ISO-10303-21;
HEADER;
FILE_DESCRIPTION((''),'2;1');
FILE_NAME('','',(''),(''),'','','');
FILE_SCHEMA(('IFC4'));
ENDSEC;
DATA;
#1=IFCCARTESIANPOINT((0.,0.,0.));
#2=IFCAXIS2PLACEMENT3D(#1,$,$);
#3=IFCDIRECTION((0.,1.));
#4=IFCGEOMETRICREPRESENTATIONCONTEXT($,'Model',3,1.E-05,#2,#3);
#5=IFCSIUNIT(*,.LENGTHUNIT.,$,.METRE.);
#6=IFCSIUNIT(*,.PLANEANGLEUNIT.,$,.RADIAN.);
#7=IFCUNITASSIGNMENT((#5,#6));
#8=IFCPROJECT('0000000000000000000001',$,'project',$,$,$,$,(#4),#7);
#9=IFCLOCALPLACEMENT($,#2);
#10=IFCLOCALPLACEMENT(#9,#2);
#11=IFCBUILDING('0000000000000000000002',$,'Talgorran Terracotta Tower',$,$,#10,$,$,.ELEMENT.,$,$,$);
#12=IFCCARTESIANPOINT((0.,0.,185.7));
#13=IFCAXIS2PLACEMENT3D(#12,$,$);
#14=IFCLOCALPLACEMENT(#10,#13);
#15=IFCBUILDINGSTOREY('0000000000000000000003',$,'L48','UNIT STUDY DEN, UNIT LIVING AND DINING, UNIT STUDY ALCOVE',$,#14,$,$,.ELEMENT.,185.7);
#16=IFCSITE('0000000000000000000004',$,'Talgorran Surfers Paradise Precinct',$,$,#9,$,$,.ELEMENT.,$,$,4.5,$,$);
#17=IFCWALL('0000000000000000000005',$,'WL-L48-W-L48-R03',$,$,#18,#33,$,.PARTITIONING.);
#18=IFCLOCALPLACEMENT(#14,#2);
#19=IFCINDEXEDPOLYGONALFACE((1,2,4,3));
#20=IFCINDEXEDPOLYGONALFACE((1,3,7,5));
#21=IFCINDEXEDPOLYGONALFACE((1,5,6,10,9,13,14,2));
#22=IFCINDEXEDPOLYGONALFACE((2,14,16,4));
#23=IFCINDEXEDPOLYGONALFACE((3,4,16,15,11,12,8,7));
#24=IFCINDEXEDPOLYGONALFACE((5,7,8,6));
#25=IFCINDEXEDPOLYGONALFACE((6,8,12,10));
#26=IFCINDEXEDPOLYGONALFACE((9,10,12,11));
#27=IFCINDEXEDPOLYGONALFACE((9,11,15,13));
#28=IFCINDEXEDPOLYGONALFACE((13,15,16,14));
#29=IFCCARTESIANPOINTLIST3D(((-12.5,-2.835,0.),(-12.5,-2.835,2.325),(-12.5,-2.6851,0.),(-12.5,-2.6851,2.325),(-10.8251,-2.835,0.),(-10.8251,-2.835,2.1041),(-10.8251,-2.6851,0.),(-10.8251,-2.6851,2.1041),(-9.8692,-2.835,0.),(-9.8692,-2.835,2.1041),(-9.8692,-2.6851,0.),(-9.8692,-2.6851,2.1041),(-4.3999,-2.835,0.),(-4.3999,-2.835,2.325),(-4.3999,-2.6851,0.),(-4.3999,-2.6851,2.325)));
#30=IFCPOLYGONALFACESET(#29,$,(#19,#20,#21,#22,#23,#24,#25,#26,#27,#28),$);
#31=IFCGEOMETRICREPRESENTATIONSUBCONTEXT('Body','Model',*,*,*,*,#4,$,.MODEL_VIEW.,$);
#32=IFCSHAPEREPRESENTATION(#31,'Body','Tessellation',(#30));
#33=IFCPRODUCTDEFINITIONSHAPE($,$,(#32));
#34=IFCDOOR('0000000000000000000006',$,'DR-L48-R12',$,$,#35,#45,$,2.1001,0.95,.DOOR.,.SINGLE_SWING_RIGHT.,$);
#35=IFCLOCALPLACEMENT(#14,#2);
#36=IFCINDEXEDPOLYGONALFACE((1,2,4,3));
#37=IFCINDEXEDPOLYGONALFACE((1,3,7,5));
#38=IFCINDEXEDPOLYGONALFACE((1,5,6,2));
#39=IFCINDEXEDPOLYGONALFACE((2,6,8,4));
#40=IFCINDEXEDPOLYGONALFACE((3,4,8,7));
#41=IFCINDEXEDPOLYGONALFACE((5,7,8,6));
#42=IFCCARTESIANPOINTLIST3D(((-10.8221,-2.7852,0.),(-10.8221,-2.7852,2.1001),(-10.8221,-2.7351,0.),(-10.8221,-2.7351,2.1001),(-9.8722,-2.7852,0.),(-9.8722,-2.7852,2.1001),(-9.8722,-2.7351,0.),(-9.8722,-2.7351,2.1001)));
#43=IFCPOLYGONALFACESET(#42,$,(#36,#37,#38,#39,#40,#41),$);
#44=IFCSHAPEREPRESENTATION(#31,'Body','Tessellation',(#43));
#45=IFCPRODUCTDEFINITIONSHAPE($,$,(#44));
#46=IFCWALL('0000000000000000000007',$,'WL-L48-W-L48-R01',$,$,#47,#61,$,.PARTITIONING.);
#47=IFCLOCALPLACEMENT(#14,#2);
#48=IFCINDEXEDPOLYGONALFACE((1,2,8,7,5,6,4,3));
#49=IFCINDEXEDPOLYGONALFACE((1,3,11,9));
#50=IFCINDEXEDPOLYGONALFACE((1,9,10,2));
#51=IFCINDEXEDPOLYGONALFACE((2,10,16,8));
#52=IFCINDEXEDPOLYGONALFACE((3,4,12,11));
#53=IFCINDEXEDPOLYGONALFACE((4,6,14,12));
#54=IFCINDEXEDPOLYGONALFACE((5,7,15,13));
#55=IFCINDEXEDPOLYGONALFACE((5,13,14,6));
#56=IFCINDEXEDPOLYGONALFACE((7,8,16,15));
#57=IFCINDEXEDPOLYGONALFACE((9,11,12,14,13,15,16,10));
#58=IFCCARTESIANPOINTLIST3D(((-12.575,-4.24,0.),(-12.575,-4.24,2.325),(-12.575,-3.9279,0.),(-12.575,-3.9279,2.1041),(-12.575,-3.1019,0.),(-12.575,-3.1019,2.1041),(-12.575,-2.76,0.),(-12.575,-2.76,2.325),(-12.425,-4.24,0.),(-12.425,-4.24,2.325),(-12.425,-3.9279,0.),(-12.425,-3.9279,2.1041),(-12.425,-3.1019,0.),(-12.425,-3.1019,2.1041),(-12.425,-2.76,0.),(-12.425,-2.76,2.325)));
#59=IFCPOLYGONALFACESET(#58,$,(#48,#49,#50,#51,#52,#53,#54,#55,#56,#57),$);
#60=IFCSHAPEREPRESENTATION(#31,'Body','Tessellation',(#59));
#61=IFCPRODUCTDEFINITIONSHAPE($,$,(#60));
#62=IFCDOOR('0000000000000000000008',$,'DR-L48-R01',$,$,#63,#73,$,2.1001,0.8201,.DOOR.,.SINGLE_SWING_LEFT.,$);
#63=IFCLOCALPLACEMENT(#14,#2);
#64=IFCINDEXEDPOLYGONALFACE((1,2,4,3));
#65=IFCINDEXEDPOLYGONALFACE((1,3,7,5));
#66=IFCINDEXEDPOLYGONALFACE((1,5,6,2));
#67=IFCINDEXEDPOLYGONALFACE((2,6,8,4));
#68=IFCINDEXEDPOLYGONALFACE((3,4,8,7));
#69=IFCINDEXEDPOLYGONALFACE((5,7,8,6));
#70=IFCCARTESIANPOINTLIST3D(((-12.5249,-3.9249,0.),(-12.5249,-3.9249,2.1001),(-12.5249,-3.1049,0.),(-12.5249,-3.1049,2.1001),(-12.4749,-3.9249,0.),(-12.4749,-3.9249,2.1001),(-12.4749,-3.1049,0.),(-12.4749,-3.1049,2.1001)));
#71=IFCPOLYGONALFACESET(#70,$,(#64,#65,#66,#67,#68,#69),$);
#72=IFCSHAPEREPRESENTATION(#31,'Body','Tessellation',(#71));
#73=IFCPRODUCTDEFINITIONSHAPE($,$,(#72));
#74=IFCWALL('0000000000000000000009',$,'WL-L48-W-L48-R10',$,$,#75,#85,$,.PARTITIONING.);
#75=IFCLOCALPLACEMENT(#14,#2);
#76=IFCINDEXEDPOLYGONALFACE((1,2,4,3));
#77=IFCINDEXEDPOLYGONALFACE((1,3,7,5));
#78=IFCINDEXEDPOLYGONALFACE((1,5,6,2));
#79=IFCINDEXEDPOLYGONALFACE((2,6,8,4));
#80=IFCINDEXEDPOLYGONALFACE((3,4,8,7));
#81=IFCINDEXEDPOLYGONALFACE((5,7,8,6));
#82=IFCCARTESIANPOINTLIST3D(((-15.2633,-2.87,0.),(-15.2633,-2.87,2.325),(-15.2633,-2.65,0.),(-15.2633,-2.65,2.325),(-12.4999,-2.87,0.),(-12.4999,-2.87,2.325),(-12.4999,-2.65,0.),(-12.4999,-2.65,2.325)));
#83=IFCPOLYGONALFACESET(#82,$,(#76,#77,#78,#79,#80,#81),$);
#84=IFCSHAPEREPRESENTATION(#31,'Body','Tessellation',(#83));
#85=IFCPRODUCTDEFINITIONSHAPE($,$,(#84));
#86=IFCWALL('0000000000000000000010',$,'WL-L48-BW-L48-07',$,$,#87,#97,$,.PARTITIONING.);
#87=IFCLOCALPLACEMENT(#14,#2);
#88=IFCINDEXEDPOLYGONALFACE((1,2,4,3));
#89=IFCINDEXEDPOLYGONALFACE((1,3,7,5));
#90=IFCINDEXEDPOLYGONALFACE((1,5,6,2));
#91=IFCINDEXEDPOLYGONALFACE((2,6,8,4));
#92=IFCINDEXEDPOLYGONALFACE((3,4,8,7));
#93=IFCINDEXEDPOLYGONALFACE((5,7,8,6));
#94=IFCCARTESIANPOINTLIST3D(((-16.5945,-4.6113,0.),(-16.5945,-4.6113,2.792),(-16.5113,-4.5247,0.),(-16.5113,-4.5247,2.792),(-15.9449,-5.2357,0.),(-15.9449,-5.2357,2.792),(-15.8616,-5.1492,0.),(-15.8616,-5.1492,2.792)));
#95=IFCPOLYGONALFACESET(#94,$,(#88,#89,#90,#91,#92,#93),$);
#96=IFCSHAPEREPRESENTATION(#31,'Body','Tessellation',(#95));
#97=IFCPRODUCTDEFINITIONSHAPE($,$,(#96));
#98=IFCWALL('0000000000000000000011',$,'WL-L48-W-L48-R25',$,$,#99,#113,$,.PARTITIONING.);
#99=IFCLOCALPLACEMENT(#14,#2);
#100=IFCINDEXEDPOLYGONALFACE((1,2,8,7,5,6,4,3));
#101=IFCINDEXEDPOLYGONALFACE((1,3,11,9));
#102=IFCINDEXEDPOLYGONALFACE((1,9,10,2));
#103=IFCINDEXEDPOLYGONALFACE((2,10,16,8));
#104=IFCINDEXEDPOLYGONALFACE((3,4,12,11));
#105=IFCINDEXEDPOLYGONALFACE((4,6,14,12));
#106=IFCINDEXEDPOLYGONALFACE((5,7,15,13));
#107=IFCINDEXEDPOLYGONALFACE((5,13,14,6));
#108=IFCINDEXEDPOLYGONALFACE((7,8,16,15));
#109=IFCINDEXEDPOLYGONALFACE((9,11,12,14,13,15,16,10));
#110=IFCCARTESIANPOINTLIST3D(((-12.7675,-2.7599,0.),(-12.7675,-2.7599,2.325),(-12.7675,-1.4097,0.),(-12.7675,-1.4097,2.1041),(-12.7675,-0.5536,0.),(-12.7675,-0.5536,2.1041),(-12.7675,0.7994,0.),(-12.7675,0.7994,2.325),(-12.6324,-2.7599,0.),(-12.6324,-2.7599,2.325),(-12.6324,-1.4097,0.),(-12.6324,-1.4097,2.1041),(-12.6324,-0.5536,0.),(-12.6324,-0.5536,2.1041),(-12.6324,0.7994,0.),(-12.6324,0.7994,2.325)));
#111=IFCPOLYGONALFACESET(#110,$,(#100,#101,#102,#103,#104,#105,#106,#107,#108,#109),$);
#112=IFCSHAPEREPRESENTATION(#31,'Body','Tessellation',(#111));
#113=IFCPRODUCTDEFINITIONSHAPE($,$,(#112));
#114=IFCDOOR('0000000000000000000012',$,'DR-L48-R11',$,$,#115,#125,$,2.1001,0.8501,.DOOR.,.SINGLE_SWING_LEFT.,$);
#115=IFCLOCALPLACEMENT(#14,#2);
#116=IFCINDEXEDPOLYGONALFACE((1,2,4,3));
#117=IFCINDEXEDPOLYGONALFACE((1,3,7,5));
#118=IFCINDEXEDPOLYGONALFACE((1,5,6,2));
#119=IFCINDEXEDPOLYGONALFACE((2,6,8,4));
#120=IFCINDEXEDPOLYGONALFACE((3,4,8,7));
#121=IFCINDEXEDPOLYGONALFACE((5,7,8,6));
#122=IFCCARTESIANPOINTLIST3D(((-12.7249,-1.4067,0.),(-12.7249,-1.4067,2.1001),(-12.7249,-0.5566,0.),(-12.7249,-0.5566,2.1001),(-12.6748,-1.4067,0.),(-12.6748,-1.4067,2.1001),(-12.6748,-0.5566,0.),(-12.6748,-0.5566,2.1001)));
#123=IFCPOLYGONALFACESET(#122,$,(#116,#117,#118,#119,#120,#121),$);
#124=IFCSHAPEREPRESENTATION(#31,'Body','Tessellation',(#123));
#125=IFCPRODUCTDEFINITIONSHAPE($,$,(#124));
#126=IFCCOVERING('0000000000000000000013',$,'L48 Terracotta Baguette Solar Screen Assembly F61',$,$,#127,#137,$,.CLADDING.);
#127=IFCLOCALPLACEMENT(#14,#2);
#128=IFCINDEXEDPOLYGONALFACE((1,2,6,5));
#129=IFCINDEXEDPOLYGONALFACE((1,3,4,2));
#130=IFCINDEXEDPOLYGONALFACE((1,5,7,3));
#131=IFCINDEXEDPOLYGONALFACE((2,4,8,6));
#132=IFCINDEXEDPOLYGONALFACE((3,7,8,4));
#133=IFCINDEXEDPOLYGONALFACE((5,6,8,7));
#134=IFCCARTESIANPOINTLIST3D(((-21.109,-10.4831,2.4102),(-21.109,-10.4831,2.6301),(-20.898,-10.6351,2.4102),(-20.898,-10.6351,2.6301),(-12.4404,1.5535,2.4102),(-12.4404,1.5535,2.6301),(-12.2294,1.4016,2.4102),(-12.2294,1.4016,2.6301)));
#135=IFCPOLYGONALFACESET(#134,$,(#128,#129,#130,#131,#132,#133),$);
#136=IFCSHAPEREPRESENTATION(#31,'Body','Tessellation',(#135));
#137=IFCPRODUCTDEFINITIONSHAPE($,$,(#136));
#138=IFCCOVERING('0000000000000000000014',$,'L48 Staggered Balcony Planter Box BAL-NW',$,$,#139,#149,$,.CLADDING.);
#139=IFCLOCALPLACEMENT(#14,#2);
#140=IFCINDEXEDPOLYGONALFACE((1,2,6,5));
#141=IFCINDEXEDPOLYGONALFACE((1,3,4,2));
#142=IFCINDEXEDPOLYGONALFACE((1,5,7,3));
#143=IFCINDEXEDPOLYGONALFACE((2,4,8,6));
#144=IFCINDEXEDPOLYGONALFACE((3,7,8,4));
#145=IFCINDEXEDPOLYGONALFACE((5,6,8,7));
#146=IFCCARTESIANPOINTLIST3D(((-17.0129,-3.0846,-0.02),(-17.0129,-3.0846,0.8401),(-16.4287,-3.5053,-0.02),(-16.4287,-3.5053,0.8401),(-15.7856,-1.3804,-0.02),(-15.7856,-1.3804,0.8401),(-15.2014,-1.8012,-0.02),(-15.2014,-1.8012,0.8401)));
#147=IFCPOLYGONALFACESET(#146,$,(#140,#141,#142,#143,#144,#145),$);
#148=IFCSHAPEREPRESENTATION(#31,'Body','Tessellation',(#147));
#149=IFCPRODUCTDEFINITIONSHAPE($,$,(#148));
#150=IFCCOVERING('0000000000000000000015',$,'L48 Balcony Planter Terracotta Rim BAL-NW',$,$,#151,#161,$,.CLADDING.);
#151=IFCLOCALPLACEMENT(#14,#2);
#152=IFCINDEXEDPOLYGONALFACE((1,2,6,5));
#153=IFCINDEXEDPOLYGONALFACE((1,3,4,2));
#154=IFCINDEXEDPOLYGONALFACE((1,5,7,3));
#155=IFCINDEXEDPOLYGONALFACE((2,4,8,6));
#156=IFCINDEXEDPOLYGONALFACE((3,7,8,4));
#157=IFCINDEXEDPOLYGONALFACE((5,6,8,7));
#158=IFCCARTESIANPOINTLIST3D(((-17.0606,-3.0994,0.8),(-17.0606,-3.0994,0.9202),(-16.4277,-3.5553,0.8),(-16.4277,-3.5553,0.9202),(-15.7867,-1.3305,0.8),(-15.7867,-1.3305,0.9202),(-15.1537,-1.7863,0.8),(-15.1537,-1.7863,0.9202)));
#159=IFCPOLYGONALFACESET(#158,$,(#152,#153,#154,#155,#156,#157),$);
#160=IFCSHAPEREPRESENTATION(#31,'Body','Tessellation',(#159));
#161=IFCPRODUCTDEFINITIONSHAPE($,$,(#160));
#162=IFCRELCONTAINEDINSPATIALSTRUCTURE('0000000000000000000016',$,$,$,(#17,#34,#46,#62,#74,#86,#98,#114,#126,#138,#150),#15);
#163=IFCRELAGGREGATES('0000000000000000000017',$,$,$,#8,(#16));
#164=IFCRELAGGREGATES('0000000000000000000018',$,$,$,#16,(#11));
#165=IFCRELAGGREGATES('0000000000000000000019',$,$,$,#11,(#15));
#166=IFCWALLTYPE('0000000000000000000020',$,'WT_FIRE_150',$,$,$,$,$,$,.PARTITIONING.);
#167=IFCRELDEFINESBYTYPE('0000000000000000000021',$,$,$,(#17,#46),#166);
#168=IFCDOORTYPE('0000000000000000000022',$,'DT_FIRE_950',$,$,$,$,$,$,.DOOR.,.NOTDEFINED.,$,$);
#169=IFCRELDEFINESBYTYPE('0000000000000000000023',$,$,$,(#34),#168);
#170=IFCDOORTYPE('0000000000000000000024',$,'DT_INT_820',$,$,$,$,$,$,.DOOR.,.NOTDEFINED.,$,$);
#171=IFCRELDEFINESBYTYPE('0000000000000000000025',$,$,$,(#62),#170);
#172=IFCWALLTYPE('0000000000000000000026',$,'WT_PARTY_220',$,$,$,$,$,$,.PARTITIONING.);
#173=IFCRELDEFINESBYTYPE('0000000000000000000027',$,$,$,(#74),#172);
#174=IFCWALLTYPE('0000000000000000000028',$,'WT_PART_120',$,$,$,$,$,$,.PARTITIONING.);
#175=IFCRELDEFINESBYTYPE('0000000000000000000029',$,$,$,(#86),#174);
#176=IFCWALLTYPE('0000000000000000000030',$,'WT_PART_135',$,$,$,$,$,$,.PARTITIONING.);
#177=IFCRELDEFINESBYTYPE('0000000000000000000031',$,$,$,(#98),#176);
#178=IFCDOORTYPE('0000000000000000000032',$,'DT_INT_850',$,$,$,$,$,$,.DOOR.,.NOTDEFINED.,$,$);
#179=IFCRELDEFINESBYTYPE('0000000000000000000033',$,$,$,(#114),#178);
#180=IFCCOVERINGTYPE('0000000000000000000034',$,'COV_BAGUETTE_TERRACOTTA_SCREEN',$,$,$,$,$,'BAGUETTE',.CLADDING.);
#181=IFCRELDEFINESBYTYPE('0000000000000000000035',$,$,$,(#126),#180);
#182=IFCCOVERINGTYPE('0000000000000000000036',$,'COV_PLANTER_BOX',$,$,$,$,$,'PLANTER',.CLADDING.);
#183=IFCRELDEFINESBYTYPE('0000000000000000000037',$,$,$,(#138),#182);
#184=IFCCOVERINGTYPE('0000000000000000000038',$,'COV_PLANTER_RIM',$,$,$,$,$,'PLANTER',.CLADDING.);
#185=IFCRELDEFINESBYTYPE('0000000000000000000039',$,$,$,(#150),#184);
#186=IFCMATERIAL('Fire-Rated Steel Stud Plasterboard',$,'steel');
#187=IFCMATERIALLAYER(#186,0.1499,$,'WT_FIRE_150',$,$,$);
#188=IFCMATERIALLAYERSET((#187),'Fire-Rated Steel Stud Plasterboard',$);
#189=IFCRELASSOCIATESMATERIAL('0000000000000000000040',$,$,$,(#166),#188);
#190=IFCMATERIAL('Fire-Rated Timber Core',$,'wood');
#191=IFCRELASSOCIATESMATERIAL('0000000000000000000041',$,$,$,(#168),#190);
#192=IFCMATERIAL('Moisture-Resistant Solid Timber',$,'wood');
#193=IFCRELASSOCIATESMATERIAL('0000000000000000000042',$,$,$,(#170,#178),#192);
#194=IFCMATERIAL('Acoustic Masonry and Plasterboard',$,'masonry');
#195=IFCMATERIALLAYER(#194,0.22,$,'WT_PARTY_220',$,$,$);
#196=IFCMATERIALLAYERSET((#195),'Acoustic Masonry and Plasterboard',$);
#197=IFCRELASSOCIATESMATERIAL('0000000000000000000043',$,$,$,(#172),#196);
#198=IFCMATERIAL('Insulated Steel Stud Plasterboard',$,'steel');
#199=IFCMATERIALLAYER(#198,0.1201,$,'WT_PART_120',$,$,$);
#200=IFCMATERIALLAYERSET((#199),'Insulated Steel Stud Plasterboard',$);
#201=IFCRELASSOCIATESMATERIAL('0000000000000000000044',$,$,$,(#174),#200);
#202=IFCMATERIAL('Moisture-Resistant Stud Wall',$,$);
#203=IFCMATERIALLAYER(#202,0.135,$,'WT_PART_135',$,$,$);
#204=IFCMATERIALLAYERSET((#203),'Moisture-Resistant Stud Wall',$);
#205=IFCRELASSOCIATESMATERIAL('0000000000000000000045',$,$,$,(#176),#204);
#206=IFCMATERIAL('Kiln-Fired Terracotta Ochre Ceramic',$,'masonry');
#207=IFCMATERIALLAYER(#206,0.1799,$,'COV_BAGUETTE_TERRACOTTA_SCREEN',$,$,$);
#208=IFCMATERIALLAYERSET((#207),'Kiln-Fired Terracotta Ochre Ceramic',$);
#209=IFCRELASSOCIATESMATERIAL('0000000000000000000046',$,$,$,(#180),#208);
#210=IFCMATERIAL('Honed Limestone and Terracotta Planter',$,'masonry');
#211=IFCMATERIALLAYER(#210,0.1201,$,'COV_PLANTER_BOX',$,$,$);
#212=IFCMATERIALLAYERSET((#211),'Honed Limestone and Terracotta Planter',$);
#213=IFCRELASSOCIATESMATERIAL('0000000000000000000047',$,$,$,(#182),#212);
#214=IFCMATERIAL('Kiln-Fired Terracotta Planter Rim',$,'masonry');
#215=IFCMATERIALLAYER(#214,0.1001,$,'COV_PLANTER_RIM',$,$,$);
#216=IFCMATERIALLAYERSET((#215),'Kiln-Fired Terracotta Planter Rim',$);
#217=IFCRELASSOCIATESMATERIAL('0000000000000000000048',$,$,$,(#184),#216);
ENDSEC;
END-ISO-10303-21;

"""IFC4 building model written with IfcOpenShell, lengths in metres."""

from ifc_helpers import new_model, si_unit, direction, frame, frame_2d, origin, origin_2d, place, context, subcontext, project, spatial, rectangle, extrude, material, layer, layer_set, type_object, element, fill, save


model = new_model("IFC4")

# Units and contexts
model_context = context("Model", 3, precision=1e-05, world=origin(), true_north=direction((0.0, 1.0)))
body_context = subcontext(model_context, "Body", "Model", "MODEL_VIEW")
ifc_project = project(units=[si_unit("LENGTHUNIT", "METRE"), si_unit("PLANEANGLEUNIT", "RADIAN")], contexts=[model_context])

# Site, building, storey
site_placement = place(None, origin())
site = spatial("IfcSite", under=ifc_project, at=site_placement, Name="Talgorran Surfers Paradise Precinct", CompositionType="ELEMENT", RefElevation=4.5)
building_placement = place(site_placement, origin())
building = spatial("IfcBuilding", under=site, at=building_placement, Name="Talgorran Terracotta Tower", CompositionType="ELEMENT")
storey_placement = place(building_placement, frame((0.0, 0.0, 185.7)))
storey = spatial("IfcBuildingStorey", under=building, at=storey_placement, Name="L48", Description="UNIT STUDY DEN, UNIT LIVING AND DINING, UNIT STUDY ALCOVE", CompositionType="ELEMENT", Elevation=185.7)

# Walls, openings, doors
ifc_material_1 = material(Name="Fire-Rated Steel Stud Plasterboard", Category="steel")
ifc_layer_1 = layer(ifc_material_1, 0.1499, Name="WT_FIRE_150")
ifc_layer_set_1 = layer_set([ifc_layer_1], Name="Fire-Rated Steel Stud Plasterboard")
wall_type_1 = type_object("IfcWallType", Name="WT_FIRE_150", PredefinedType="PARTITIONING", material=ifc_layer_set_1)
wall_1_placement = place(storey_placement, frame((-12.5, -2.76, 0.0), z_axis=(0.0, 0.0, 1.0), x_axis=(1.0, 0.0, 0.0)))
wall_1 = element("IfcWall", 1, at=wall_1_placement, inside=storey, type_object=wall_type_1, Name="WL-L48-W-L48-R03", PredefinedType="PARTITIONING", context=body_context, shape_type="SweptSolid", body=[
    extrude(rectangle(XDim=8.1001, YDim=0.1499, at=frame_2d((4.05, 0.0))), origin(), (0.0, 0.0, 1.0), 2.325),
])
opening_1_placement = place(wall_1_placement, frame((1.6777, 0.0, 0.0)))
opening_1 = element("IfcOpeningElement", 2, at=opening_1_placement, cuts=wall_1, PredefinedType="OPENING", context=body_context, shape_type="SweptSolid", body=[
    extrude(rectangle(XDim=0.956, YDim=2.1041, at=frame_2d((0.4751, 1.052))), frame((0.0, 0.085, 0.0), z_axis=(0.0, -1.0, 0.0), x_axis=(1.0, 0.0, 0.0)), (0.0, 0.0, 1.0), 0.1699),
])
ifc_material_2 = material(Name="Fire-Rated Timber Core", Category="wood")
door_type_1 = type_object("IfcDoorType", Name="DT_FIRE_950", OperationType="NOTDEFINED", PredefinedType="DOOR", material=ifc_material_2)
door_1_placement = place(opening_1_placement, origin())
door_1 = element("IfcDoor", 3, at=door_1_placement, inside=storey, type_object=door_type_1, Name="DR-L48-R12", OperationType="SINGLE_SWING_RIGHT", OverallHeight=2.1001, OverallWidth=0.95, PredefinedType="DOOR", context=body_context, shape_type="SweptSolid", body=[
    extrude(rectangle(XDim=0.95, YDim=2.1001, at=frame_2d((0.4751, 1.05))), frame((0.0, 0.0249, 0.0), z_axis=(0.0, -1.0, 0.0), x_axis=(1.0, 0.0, 0.0)), (0.0, 0.0, 1.0), 0.05),
])
fill(opening_1, door_1)
wall_2_placement = place(storey_placement, frame((-12.5, -4.24, 0.0), z_axis=(0.0, 0.0, 1.0), x_axis=(0.0, 1.0, 0.0)))
wall_2 = element("IfcWall", 4, at=wall_2_placement, inside=storey, type_object=wall_type_1, Name="WL-L48-W-L48-R01", PredefinedType="PARTITIONING", context=body_context, shape_type="SweptSolid", body=[
    extrude(rectangle(XDim=1.48, YDim=0.1499, at=frame_2d((0.74, 0.0))), origin(), (0.0, 0.0, 1.0), 2.325),
])
opening_2_placement = place(wall_2_placement, frame((0.3149, 0.0, 0.0)))
opening_2 = element("IfcOpeningElement", 5, at=opening_2_placement, cuts=wall_2, PredefinedType="OPENING", context=body_context, shape_type="SweptSolid", body=[
    extrude(rectangle(XDim=0.8261, YDim=2.1041, at=frame_2d((0.4102, 1.052))), frame((0.0, 0.085, 0.0), z_axis=(0.0, -1.0, 0.0), x_axis=(1.0, 0.0, 0.0)), (0.0, 0.0, 1.0), 0.1699),
])
ifc_material_3 = material(Name="Moisture-Resistant Solid Timber", Category="wood")
door_type_2 = type_object("IfcDoorType", Name="DT_INT_820", OperationType="NOTDEFINED", PredefinedType="DOOR", material=ifc_material_3)
door_2_placement = place(opening_2_placement, origin())
door_2 = element("IfcDoor", 6, at=door_2_placement, inside=storey, type_object=door_type_2, Name="DR-L48-R01", OperationType="SINGLE_SWING_LEFT", OverallHeight=2.1001, OverallWidth=0.8201, PredefinedType="DOOR", context=body_context, shape_type="SweptSolid", body=[
    extrude(rectangle(XDim=0.8201, YDim=2.1001, at=frame_2d((0.4102, 1.05))), frame((0.0, 0.0249, 0.0), z_axis=(0.0, -1.0, 0.0), x_axis=(1.0, 0.0, 0.0)), (0.0, 0.0, 1.0), 0.05),
])
fill(opening_2, door_2)

# Walls
ifc_material_4 = material(Name="Acoustic Masonry and Plasterboard", Category="masonry")
ifc_layer_2 = layer(ifc_material_4, 0.22, Name="WT_PARTY_220")
ifc_layer_set_2 = layer_set([ifc_layer_2], Name="Acoustic Masonry and Plasterboard")
wall_type_2 = type_object("IfcWallType", Name="WT_PARTY_220", PredefinedType="PARTITIONING", material=ifc_layer_set_2)
wall_3_placement = place(storey_placement, frame((-15.2634, -2.76, 0.0), z_axis=(0.0, 0.0, 1.0), x_axis=(1.0, 0.0, 0.0)))
element("IfcWall", 7, at=wall_3_placement, inside=storey, type_object=wall_type_2, Name="WL-L48-W-L48-R10", PredefinedType="PARTITIONING", context=body_context, shape_type="SweptSolid", body=[
    extrude(rectangle(XDim=2.7634, YDim=0.22, at=frame_2d((1.3818, 0.0))), origin(), (0.0, 0.0, 1.0), 2.325),
])
ifc_material_5 = material(Name="Insulated Steel Stud Plasterboard", Category="steel")
ifc_layer_3 = layer(ifc_material_5, 0.1201, Name="WT_PART_120")
ifc_layer_set_3 = layer_set([ifc_layer_3], Name="Insulated Steel Stud Plasterboard")
wall_type_3 = type_object("IfcWallType", Name="WT_PART_120", PredefinedType="PARTITIONING", material=ifc_layer_set_3)
wall_4_placement = place(storey_placement, frame((-16.553, -4.5679, 0.0), z_axis=(0.0, 0.0, 1.0), x_axis=(0.720922, -0.693017, 0.0)))
element("IfcWall", 8, at=wall_4_placement, inside=storey, type_object=wall_type_3, Name="WL-L48-BW-L48-07", PredefinedType="PARTITIONING", context=body_context, shape_type="SweptSolid", body=[
    extrude(rectangle(XDim=0.9011, YDim=0.1201, at=frame_2d((0.4507, 0.0))), origin(), (0.0, 0.0, 1.0), 2.792),
])

# Wall, opening, door
ifc_material_6 = material(Name="Moisture-Resistant Stud Wall")
ifc_layer_4 = layer(ifc_material_6, 0.135, Name="WT_PART_135")
ifc_layer_set_4 = layer_set([ifc_layer_4], Name="Moisture-Resistant Stud Wall")
wall_type_4 = type_object("IfcWallType", Name="WT_PART_135", PredefinedType="PARTITIONING", material=ifc_layer_set_4)
wall_5_placement = place(storey_placement, frame((-12.7, -2.76, 0.0), z_axis=(0.0, 0.0, 1.0), x_axis=(0.0, 1.0, 0.0)))
wall_5 = element("IfcWall", 9, at=wall_5_placement, inside=storey, type_object=wall_type_4, Name="WL-L48-W-L48-R25", PredefinedType="PARTITIONING", context=body_context, shape_type="SweptSolid", body=[
    extrude(rectangle(XDim=3.5593, YDim=0.135, at=frame_2d((1.7798, 0.0))), origin(), (0.0, 0.0, 1.0), 2.325),
])
opening_3_placement = place(wall_5_placement, frame((1.3533, 0.0, 0.0)))
opening_3 = element("IfcOpeningElement", 10, at=opening_3_placement, cuts=wall_5, PredefinedType="OPENING", context=body_context, shape_type="SweptSolid", body=[
    extrude(rectangle(XDim=0.8561, YDim=2.1041, at=frame_2d((0.425, 1.052))), frame((0.0, 0.0776, 0.0), z_axis=(0.0, -1.0, 0.0), x_axis=(1.0, 0.0, 0.0)), (0.0, 0.0, 1.0), 0.155),
])
door_type_3 = type_object("IfcDoorType", Name="DT_INT_850", OperationType="NOTDEFINED", PredefinedType="DOOR", material=ifc_material_3)
door_3_placement = place(opening_3_placement, origin())
door_3 = element("IfcDoor", 11, at=door_3_placement, inside=storey, type_object=door_type_3, Name="DR-L48-R11", OperationType="SINGLE_SWING_LEFT", OverallHeight=2.1001, OverallWidth=0.8501, PredefinedType="DOOR", context=body_context, shape_type="SweptSolid", body=[
    extrude(rectangle(XDim=0.8501, YDim=2.1001, at=frame_2d((0.425, 1.05))), frame((0.0, 0.0249, 0.0), z_axis=(0.0, -1.0, 0.0), x_axis=(1.0, 0.0, 0.0)), (0.0, 0.0, 1.0), 0.05),
])
fill(opening_3, door_3)

# Coverings
ifc_material_7 = material(Name="Kiln-Fired Terracotta Ochre Ceramic", Category="masonry")
ifc_layer_5 = layer(ifc_material_7, 0.1799, Name="COV_BAGUETTE_TERRACOTTA_SCREEN")
ifc_layer_set_5 = layer_set([ifc_layer_5], Name="Kiln-Fired Terracotta Ochre Ceramic")
covering_type_1 = type_object("IfcCoveringType", Name="COV_BAGUETTE_TERRACOTTA_SCREEN", ElementType="BAGUETTE", PredefinedType="CLADDING", material=ifc_layer_set_5)
covering_1_placement = place(storey_placement, frame((-16.6692, -4.5408, 2.4102), z_axis=(0.0, 0.0, 1.0), x_axis=(-0.584405, -0.811462, 0.0)))
element("IfcCovering", 12, at=covering_1_placement, inside=storey, type_object=covering_type_1, Name="L48 Terracotta Baguette Solar Screen Assembly F61", PredefinedType="CLADDING", context=body_context, shape_type="SweptSolid", body=[
    extrude(rectangle(XDim=14.8333, YDim=0.26, at=origin_2d()), origin(), (0.0, 0.0, 1.0), 0.22),
])
ifc_material_8 = material(Name="Honed Limestone and Terracotta Planter", Category="masonry")
ifc_layer_6 = layer(ifc_material_8, 0.1201, Name="COV_PLANTER_BOX")
ifc_layer_set_6 = layer_set([ifc_layer_6], Name="Honed Limestone and Terracotta Planter")
covering_type_2 = type_object("IfcCoveringType", Name="COV_PLANTER_BOX", ElementType="PLANTER", PredefinedType="CLADDING", material=ifc_layer_set_6)
covering_2_placement = place(storey_placement, frame((-16.1072, -2.4429, -0.02), z_axis=(0.0, 0.0, 1.0), x_axis=(-0.584405, -0.811462, 0.0)))
element("IfcCovering", 13, at=covering_2_placement, inside=storey, type_object=covering_type_2, Name="L48 Staggered Balcony Planter Box BAL-NW", PredefinedType="CLADDING", context=body_context, shape_type="SweptSolid", body=[
    extrude(rectangle(XDim=2.1001, YDim=0.72, at=origin_2d()), origin(), (0.0, 0.0, 1.0), 0.8601),
])
ifc_material_9 = material(Name="Kiln-Fired Terracotta Planter Rim", Category="masonry")
ifc_layer_7 = layer(ifc_material_9, 0.1001, Name="COV_PLANTER_RIM")
ifc_layer_set_7 = layer_set([ifc_layer_7], Name="Kiln-Fired Terracotta Planter Rim")
covering_type_3 = type_object("IfcCoveringType", Name="COV_PLANTER_RIM", ElementType="PLANTER", PredefinedType="CLADDING", material=ifc_layer_set_7)
covering_3_placement = place(storey_placement, frame((-16.1072, -2.4429, 0.8), z_axis=(0.0, 0.0, 1.0), x_axis=(-0.584405, -0.811462, 0.0)))
element("IfcCovering", 14, at=covering_3_placement, inside=storey, type_object=covering_type_3, Name="L48 Balcony Planter Terracotta Rim BAL-NW", PredefinedType="CLADDING", context=body_context, shape_type="SweptSolid", body=[
    extrude(rectangle(XDim=2.1799, YDim=0.78, at=origin_2d()), origin(), (0.0, 0.0, 1.0), 0.1201),
])

save(model, "model.ifc")
